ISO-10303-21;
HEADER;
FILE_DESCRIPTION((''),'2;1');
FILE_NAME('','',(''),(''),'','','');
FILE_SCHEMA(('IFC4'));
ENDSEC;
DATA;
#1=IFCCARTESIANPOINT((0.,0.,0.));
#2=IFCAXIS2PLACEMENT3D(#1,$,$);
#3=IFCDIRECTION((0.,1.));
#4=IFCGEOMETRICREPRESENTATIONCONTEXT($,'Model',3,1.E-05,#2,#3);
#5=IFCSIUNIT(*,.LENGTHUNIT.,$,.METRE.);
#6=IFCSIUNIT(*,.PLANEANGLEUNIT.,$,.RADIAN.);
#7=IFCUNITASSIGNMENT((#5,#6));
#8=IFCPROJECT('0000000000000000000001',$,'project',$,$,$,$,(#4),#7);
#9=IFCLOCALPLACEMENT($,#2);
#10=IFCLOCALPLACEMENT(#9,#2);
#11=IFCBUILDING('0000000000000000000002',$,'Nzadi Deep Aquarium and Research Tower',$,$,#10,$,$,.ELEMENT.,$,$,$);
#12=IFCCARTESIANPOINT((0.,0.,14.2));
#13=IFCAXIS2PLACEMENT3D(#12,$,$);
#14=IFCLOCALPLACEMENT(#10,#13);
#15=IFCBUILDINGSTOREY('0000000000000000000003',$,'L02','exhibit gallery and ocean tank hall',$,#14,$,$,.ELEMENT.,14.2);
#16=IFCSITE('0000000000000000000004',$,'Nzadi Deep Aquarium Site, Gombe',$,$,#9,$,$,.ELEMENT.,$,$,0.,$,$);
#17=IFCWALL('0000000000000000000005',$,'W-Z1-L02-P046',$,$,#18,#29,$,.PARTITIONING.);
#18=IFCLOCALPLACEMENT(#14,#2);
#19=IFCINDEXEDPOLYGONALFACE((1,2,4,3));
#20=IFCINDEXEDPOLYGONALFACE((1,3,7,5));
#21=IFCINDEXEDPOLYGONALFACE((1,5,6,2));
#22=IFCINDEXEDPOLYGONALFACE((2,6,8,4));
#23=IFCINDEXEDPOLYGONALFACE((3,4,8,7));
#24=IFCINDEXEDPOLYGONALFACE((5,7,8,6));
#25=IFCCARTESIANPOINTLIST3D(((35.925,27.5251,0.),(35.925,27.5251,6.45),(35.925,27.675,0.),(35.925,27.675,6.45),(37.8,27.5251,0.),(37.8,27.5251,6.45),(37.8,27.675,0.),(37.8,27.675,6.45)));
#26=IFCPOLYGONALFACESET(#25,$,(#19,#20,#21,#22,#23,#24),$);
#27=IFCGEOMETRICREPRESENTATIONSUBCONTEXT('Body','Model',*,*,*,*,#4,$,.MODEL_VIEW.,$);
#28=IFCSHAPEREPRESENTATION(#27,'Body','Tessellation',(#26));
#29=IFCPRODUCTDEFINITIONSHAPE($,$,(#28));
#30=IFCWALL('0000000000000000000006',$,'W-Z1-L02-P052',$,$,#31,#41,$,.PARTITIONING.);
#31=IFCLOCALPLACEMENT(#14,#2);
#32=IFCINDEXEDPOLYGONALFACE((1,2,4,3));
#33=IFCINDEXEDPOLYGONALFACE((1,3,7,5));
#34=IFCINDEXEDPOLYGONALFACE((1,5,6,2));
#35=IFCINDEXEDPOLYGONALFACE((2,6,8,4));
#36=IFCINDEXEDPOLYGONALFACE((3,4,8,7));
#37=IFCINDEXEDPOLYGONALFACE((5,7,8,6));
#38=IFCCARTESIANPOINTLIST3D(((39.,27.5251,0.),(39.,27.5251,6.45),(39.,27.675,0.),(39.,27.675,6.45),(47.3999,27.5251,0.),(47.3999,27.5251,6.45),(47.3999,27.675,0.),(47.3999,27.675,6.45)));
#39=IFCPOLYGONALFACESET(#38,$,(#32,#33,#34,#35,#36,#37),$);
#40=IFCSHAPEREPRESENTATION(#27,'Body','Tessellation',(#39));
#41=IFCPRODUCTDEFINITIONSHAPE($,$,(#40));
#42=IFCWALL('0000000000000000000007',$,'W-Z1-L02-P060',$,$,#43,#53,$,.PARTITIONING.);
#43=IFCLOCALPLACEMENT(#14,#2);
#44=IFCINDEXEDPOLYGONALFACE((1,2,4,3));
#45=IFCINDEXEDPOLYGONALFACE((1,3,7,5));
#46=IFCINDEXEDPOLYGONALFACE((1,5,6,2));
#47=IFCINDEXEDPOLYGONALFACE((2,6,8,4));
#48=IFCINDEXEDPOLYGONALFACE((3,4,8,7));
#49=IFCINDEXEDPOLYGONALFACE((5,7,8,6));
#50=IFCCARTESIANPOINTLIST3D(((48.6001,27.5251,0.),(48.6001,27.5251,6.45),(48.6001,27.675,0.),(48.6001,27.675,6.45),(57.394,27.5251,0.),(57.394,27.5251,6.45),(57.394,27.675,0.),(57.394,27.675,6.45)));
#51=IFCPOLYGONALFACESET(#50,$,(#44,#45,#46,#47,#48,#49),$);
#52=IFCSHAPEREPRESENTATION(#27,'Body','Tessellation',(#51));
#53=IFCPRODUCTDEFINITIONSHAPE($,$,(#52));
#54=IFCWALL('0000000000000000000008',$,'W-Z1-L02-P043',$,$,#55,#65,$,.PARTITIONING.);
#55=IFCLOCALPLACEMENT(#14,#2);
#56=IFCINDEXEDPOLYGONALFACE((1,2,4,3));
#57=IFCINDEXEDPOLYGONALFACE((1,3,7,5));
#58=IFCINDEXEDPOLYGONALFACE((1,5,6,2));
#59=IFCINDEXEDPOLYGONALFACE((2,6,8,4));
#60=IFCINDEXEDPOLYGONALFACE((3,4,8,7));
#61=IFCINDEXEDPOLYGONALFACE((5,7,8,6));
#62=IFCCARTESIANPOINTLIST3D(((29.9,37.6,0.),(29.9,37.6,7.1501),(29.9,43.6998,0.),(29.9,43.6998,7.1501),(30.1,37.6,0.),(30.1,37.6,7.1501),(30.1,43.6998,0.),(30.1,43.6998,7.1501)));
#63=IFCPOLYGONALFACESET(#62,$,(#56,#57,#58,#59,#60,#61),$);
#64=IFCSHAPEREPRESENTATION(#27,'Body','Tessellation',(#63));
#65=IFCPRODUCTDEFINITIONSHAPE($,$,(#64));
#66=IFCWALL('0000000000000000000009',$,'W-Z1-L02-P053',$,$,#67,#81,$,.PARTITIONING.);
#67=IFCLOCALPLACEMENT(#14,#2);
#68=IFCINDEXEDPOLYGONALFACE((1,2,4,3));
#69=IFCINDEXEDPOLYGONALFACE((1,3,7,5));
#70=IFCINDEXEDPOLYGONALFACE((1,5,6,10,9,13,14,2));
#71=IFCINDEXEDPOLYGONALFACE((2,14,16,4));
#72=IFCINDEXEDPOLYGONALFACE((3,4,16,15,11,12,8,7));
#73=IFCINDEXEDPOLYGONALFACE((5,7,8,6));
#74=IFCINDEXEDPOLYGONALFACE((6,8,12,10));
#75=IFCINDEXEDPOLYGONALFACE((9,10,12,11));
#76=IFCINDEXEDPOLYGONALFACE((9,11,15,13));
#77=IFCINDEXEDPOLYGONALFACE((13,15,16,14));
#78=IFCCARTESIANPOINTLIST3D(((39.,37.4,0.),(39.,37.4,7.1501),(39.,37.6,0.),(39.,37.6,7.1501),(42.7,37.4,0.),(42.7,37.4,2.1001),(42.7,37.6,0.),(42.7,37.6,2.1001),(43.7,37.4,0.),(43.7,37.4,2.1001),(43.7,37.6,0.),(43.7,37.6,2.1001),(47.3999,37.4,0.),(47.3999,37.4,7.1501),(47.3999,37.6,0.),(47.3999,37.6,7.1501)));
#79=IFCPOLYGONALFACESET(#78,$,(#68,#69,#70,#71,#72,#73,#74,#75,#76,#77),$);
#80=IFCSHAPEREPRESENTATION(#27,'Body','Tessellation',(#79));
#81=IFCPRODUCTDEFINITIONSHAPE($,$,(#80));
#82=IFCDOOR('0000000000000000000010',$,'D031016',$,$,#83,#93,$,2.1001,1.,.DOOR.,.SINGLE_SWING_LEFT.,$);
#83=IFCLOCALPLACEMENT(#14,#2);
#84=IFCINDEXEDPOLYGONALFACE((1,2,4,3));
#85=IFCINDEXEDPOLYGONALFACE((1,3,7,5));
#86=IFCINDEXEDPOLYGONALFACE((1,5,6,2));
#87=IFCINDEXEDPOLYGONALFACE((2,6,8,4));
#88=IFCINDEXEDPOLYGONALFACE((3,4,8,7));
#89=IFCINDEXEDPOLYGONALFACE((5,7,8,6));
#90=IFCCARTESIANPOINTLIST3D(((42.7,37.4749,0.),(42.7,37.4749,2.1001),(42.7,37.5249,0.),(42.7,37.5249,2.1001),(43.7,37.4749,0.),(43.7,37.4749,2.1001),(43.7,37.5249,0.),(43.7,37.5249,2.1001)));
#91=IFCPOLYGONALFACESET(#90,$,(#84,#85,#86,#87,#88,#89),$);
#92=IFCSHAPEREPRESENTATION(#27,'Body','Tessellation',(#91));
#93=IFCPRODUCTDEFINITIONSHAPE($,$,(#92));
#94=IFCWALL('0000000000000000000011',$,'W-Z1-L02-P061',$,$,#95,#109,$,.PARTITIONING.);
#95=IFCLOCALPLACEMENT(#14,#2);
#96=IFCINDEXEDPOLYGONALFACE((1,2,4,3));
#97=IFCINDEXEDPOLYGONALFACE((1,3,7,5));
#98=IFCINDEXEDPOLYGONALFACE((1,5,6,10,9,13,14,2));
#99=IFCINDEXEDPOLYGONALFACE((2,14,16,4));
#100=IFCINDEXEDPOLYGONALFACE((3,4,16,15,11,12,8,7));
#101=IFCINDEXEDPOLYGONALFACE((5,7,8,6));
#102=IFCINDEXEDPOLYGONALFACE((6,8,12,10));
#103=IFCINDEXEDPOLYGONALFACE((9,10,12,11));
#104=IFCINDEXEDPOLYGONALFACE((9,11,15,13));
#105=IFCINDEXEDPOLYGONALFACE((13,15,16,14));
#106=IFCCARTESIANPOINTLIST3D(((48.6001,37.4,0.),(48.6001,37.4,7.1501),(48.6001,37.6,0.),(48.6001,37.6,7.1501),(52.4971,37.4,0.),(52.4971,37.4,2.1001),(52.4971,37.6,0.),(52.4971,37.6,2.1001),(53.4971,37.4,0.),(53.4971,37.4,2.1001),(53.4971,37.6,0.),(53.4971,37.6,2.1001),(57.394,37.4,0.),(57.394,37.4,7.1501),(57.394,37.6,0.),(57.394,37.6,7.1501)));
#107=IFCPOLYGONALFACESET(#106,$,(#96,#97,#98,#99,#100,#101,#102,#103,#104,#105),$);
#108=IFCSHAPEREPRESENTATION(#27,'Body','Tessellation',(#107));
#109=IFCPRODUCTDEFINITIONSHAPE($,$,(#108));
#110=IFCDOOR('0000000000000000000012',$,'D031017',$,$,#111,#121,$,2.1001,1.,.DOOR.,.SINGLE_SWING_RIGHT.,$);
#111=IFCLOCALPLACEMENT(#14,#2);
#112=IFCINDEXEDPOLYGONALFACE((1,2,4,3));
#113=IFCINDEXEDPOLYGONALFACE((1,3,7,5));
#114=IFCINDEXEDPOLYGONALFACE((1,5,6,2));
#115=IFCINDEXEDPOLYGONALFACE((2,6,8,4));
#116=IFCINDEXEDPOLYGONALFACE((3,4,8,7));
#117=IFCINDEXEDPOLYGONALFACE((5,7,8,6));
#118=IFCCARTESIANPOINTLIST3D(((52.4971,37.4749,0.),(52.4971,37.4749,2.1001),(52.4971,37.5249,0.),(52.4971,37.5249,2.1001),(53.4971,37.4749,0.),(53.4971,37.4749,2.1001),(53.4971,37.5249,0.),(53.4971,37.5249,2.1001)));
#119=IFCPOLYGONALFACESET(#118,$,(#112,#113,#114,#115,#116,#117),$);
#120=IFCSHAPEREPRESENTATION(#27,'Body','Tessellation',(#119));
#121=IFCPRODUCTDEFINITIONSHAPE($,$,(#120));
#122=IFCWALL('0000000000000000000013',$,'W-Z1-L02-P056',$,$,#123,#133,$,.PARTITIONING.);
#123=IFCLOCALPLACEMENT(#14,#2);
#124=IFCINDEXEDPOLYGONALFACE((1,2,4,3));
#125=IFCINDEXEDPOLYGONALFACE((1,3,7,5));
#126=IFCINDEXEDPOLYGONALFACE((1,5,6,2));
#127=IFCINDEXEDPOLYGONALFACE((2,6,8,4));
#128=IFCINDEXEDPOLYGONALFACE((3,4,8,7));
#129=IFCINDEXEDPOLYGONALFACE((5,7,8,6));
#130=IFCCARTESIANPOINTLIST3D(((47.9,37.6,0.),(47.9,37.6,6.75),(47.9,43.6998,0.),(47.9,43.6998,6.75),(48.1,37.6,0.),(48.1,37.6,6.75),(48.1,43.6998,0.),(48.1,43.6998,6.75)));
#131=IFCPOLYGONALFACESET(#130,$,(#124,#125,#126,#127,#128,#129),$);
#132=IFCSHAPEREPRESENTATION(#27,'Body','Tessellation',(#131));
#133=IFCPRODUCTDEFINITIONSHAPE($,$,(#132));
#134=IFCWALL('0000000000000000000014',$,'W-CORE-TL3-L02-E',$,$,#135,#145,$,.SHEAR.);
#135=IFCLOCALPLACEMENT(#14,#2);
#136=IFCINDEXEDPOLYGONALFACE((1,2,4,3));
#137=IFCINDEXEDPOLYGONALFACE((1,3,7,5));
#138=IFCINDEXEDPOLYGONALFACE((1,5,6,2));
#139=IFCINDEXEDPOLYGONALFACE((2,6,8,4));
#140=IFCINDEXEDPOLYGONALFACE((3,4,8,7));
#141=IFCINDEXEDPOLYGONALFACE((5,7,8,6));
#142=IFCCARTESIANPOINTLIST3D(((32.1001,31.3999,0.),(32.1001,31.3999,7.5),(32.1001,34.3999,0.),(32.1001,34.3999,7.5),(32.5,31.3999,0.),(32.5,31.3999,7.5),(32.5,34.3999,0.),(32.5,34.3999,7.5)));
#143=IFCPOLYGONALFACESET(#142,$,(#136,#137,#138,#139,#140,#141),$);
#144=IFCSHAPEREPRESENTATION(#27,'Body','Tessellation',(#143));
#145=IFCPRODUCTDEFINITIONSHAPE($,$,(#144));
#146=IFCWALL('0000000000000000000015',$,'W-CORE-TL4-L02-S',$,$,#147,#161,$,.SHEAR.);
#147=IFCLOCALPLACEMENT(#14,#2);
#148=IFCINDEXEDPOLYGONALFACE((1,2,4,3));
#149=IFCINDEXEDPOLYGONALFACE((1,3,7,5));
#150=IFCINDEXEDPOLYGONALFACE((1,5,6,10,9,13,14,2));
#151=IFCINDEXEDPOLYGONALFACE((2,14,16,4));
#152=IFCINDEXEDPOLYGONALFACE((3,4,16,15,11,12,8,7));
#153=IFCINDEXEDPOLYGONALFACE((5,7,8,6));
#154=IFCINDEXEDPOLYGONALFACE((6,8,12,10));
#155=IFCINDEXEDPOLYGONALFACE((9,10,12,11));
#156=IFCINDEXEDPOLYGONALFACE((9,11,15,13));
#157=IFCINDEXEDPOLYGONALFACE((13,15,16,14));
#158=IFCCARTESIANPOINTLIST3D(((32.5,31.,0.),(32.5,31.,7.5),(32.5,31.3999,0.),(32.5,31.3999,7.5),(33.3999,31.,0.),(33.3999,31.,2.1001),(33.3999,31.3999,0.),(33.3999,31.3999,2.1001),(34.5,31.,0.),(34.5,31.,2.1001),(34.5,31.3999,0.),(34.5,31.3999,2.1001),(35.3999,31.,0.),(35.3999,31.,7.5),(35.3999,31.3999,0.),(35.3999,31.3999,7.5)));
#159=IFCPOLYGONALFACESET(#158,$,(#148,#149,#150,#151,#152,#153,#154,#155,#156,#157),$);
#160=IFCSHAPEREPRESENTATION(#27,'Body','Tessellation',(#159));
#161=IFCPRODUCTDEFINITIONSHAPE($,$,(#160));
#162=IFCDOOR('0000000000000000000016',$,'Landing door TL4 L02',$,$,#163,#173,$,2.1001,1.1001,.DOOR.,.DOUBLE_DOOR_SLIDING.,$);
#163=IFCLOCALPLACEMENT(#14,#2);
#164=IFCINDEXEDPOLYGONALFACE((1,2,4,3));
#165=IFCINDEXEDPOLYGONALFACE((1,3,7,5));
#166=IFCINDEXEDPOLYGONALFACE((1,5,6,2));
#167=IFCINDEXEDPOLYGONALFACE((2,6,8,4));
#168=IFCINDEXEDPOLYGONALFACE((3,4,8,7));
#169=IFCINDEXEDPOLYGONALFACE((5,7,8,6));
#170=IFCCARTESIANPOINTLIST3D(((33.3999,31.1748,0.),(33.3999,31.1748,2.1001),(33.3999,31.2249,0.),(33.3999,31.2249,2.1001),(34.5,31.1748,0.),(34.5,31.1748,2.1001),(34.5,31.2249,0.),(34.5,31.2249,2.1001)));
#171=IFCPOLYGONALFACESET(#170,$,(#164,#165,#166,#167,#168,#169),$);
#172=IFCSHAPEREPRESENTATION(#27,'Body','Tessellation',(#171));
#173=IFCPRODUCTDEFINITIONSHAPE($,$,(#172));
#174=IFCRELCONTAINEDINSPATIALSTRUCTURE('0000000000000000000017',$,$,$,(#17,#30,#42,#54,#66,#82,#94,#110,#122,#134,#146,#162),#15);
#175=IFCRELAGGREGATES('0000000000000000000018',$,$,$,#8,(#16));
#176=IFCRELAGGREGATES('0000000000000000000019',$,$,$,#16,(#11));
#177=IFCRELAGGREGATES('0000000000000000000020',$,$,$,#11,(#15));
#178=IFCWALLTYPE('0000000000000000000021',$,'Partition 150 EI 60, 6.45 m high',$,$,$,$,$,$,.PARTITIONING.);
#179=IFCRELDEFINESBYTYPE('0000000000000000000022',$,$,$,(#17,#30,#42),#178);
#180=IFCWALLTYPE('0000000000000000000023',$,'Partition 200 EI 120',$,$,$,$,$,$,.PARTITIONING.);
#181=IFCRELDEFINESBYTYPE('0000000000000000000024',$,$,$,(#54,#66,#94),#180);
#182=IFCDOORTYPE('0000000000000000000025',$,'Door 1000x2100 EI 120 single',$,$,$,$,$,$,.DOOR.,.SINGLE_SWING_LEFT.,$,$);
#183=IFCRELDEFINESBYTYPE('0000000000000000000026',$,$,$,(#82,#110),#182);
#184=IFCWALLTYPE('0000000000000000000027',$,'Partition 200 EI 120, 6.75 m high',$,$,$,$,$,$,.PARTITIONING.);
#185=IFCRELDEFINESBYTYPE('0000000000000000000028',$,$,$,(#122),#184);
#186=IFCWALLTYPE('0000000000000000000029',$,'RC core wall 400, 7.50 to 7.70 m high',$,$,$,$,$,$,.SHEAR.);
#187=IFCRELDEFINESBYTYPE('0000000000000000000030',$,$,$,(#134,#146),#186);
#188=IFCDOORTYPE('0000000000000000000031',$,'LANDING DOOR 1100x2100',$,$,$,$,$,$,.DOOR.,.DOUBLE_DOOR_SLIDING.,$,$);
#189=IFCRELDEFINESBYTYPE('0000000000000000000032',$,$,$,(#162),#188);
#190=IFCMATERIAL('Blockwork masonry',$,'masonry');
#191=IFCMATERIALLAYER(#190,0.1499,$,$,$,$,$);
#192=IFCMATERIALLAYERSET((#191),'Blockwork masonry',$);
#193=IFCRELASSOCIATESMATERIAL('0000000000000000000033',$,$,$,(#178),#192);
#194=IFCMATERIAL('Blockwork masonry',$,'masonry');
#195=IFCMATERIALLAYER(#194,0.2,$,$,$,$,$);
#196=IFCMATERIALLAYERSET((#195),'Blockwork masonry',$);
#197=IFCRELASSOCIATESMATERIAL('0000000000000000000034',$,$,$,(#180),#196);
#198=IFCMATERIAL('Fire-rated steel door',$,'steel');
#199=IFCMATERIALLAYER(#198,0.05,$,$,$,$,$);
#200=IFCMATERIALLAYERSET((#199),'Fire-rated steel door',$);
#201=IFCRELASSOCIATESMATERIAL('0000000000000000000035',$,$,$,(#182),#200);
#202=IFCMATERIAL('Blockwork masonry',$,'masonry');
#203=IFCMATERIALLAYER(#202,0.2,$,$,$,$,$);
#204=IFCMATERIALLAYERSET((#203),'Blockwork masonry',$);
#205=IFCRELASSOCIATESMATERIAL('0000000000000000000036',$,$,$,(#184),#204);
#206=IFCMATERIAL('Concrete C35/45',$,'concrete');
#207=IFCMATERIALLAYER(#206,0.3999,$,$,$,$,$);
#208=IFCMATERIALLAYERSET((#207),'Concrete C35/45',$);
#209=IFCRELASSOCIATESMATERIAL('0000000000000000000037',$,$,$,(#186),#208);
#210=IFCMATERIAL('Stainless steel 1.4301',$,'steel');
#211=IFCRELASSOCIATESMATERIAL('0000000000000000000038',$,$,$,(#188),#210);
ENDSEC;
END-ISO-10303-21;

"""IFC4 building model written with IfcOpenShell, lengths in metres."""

from ifc_helpers import new_model, si_unit, direction, frame, frame_2d, origin, place, context, subcontext, project, spatial, rectangle, extrude, material, layer, layer_set, type_object, element, fill, save


model = new_model("IFC4")

# Units and contexts
model_context = context("Model", 3, precision=1e-05, world=origin(), true_north=direction((0.0, 1.0)))
body_context = subcontext(model_context, "Body", "Model", "MODEL_VIEW")
ifc_project = project(units=[si_unit("LENGTHUNIT", "METRE"), si_unit("PLANEANGLEUNIT", "RADIAN")], contexts=[model_context])

# Site, building, storey
site_placement = place(None, origin())
site = spatial("IfcSite", under=ifc_project, at=site_placement, Name="Nzadi Deep Aquarium Site, Gombe", CompositionType="ELEMENT", RefElevation=0.0)
building_placement = place(site_placement, origin())
building = spatial("IfcBuilding", under=site, at=building_placement, Name="Nzadi Deep Aquarium and Research Tower", CompositionType="ELEMENT")
storey_placement = place(building_placement, frame((0.0, 0.0, 14.2)))
storey = spatial("IfcBuildingStorey", under=building, at=storey_placement, Name="L02", Description="exhibit gallery and ocean tank hall", CompositionType="ELEMENT", Elevation=14.2)

# Walls
ifc_material_1 = material(Name="Blockwork masonry", Category="masonry")
ifc_layer_1 = layer(ifc_material_1, 0.1499)
ifc_layer_set_1 = layer_set([ifc_layer_1], Name="Blockwork masonry")
wall_type_1 = type_object("IfcWallType", Name="Partition 150 EI 60, 6.45 m high", PredefinedType="PARTITIONING", material=ifc_layer_set_1)
wall_1_placement = place(storey_placement, frame((35.925, 27.6001, 0.0), z_axis=(0.0, 0.0, 1.0), x_axis=(1.0, 0.0, 0.0)))
element("IfcWall", 1, at=wall_1_placement, inside=storey, type_object=wall_type_1, Name="W-Z1-L02-P046", PredefinedType="PARTITIONING", context=body_context, shape_type="SweptSolid", body=[
    extrude(rectangle(XDim=1.875, YDim=0.1499, at=frame_2d((0.9375, 0.0))), origin(), (0.0, 0.0, 1.0), 6.45),
])
wall_2_placement = place(storey_placement, frame((39.0, 27.6001, 0.0), z_axis=(0.0, 0.0, 1.0), x_axis=(1.0, 0.0, 0.0)))
element("IfcWall", 2, at=wall_2_placement, inside=storey, type_object=wall_type_1, Name="W-Z1-L02-P052", PredefinedType="PARTITIONING", context=body_context, shape_type="SweptSolid", body=[
    extrude(rectangle(XDim=8.3999, YDim=0.1499, at=frame_2d((4.2, 0.0))), origin(), (0.0, 0.0, 1.0), 6.45),
])
wall_3_placement = place(storey_placement, frame((48.6001, 27.6001, 0.0), z_axis=(0.0, 0.0, 1.0), x_axis=(1.0, 0.0, 0.0)))
element("IfcWall", 3, at=wall_3_placement, inside=storey, type_object=wall_type_1, Name="W-Z1-L02-P060", PredefinedType="PARTITIONING", context=body_context, shape_type="SweptSolid", body=[
    extrude(rectangle(XDim=8.7939, YDim=0.1499, at=frame_2d((4.397, 0.0))), origin(), (0.0, 0.0, 1.0), 6.45),
])
ifc_material_2 = material(Name="Blockwork masonry", Category="masonry")
ifc_layer_2 = layer(ifc_material_2, 0.2)
ifc_layer_set_2 = layer_set([ifc_layer_2], Name="Blockwork masonry")
wall_type_2 = type_object("IfcWallType", Name="Partition 200 EI 120", PredefinedType="PARTITIONING", material=ifc_layer_set_2)
wall_4_placement = place(storey_placement, frame((30.0, 37.6001, 0.0), z_axis=(0.0, 0.0, 1.0), x_axis=(0.0, 1.0, 0.0)))
element("IfcWall", 4, at=wall_4_placement, inside=storey, type_object=wall_type_2, Name="W-Z1-L02-P043", PredefinedType="PARTITIONING", context=body_context, shape_type="SweptSolid", body=[
    extrude(rectangle(XDim=6.0999, YDim=0.2, at=frame_2d((3.0498, 0.0))), origin(), (0.0, 0.0, 1.0), 7.1501),
])

# Walls, openings, doors
wall_5_placement = place(storey_placement, frame((39.0, 37.5, 0.0), z_axis=(0.0, 0.0, 1.0), x_axis=(1.0, 0.0, 0.0)))
wall_5 = element("IfcWall", 5, at=wall_5_placement, inside=storey, type_object=wall_type_2, Name="W-Z1-L02-P053", PredefinedType="PARTITIONING", context=body_context, shape_type="SweptSolid", body=[
    extrude(rectangle(XDim=8.3999, YDim=0.2, at=frame_2d((4.2, 0.0))), origin(), (0.0, 0.0, 1.0), 7.1501),
])
opening_1_placement = place(wall_5_placement, frame((3.7, 0.0, 0.0)))
opening_1 = element("IfcOpeningElement", 6, at=opening_1_placement, cuts=wall_5, PredefinedType="OPENING", context=body_context, shape_type="SweptSolid", body=[
    extrude(rectangle(XDim=1.0, YDim=2.1001, at=frame_2d((0.5, 1.05))), frame((0.0, 0.1101, 0.0), z_axis=(0.0, -1.0, 0.0), x_axis=(1.0, 0.0, 0.0)), (0.0, 0.0, 1.0), 0.2202),
])
ifc_material_3 = material(Name="Fire-rated steel door", Category="steel")
ifc_layer_3 = layer(ifc_material_3, 0.05)
ifc_layer_set_3 = layer_set([ifc_layer_3], Name="Fire-rated steel door")
door_type_1 = type_object("IfcDoorType", Name="Door 1000x2100 EI 120 single", OperationType="SINGLE_SWING_LEFT", PredefinedType="DOOR", material=ifc_layer_set_3)
door_1_placement = place(opening_1_placement, origin())
door_1 = element("IfcDoor", 7, at=door_1_placement, inside=storey, type_object=door_type_1, Name="D031016", OperationType="SINGLE_SWING_LEFT", OverallHeight=2.1001, OverallWidth=1.0, PredefinedType="DOOR", context=body_context, shape_type="SweptSolid", body=[
    extrude(rectangle(XDim=1.0, YDim=2.1001, at=frame_2d((0.5, 1.05))), frame((0.0, 0.0249, 0.0), z_axis=(0.0, -1.0, 0.0), x_axis=(1.0, 0.0, 0.0)), (0.0, 0.0, 1.0), 0.05),
])
fill(opening_1, door_1)
wall_6_placement = place(storey_placement, frame((48.6001, 37.5, 0.0), z_axis=(0.0, 0.0, 1.0), x_axis=(1.0, 0.0, 0.0)))
wall_6 = element("IfcWall", 8, at=wall_6_placement, inside=storey, type_object=wall_type_2, Name="W-Z1-L02-P061", PredefinedType="PARTITIONING", context=body_context, shape_type="SweptSolid", body=[
    extrude(rectangle(XDim=8.7939, YDim=0.2, at=frame_2d((4.397, 0.0))), origin(), (0.0, 0.0, 1.0), 7.1501),
])
opening_2_placement = place(wall_6_placement, frame((3.897, 0.0, 0.0)))
opening_2 = element("IfcOpeningElement", 9, at=opening_2_placement, cuts=wall_6, PredefinedType="OPENING", context=body_context, shape_type="SweptSolid", body=[
    extrude(rectangle(XDim=1.0, YDim=2.1001, at=frame_2d((0.5, 1.05))), frame((0.0, 0.1101, 0.0), z_axis=(0.0, -1.0, 0.0), x_axis=(1.0, 0.0, 0.0)), (0.0, 0.0, 1.0), 0.2202),
])
door_2_placement = place(opening_2_placement, origin())
door_2 = element("IfcDoor", 10, at=door_2_placement, inside=storey, type_object=door_type_1, Name="D031017", OperationType="SINGLE_SWING_RIGHT", OverallHeight=2.1001, OverallWidth=1.0, PredefinedType="DOOR", context=body_context, shape_type="SweptSolid", body=[
    extrude(rectangle(XDim=1.0, YDim=2.1001, at=frame_2d((0.5, 1.05))), frame((0.0, 0.0249, 0.0), z_axis=(0.0, -1.0, 0.0), x_axis=(1.0, 0.0, 0.0)), (0.0, 0.0, 1.0), 0.05),
])
fill(opening_2, door_2)

# Walls
ifc_material_4 = material(Name="Blockwork masonry", Category="masonry")
ifc_layer_4 = layer(ifc_material_4, 0.2)
ifc_layer_set_4 = layer_set([ifc_layer_4], Name="Blockwork masonry")
wall_type_3 = type_object("IfcWallType", Name="Partition 200 EI 120, 6.75 m high", PredefinedType="PARTITIONING", material=ifc_layer_set_4)
wall_7_placement = place(storey_placement, frame((48.0, 37.6001, 0.0), z_axis=(0.0, 0.0, 1.0), x_axis=(0.0, 1.0, 0.0)))
element("IfcWall", 11, at=wall_7_placement, inside=storey, type_object=wall_type_3, Name="W-Z1-L02-P056", PredefinedType="PARTITIONING", context=body_context, shape_type="SweptSolid", body=[
    extrude(rectangle(XDim=6.0999, YDim=0.2, at=frame_2d((3.0498, 0.0))), origin(), (0.0, 0.0, 1.0), 6.75),
])
ifc_material_5 = material(Name="Concrete C35/45", Category="concrete")
ifc_layer_5 = layer(ifc_material_5, 0.3999)
ifc_layer_set_5 = layer_set([ifc_layer_5], Name="Concrete C35/45")
wall_type_4 = type_object("IfcWallType", Name="RC core wall 400, 7.50 to 7.70 m high", PredefinedType="SHEAR", material=ifc_layer_set_5)
wall_8_placement = place(storey_placement, frame((32.3, 31.3999, 0.0), z_axis=(0.0, 0.0, 1.0), x_axis=(0.0, 1.0, 0.0)))
element("IfcWall", 12, at=wall_8_placement, inside=storey, type_object=wall_type_4, Name="W-CORE-TL3-L02-E", PredefinedType="SHEAR", context=body_context, shape_type="SweptSolid", body=[
    extrude(rectangle(XDim=3.0, YDim=0.3999, at=frame_2d((1.5, 0.0))), origin(), (0.0, 0.0, 1.0), 7.5),
])

# Wall, opening, door
wall_9_placement = place(storey_placement, frame((32.5, 31.2, 0.0), z_axis=(0.0, 0.0, 1.0), x_axis=(1.0, 0.0, 0.0)))
wall_9 = element("IfcWall", 13, at=wall_9_placement, inside=storey, type_object=wall_type_4, Name="W-CORE-TL4-L02-S", PredefinedType="SHEAR", context=body_context, shape_type="SweptSolid", body=[
    extrude(rectangle(XDim=2.8999, YDim=0.3999, at=frame_2d((1.45, 0.0))), origin(), (0.0, 0.0, 1.0), 7.5),
])
opening_3_placement = place(wall_9_placement, frame((0.8999, 0.0, 0.0)))
opening_3 = element("IfcOpeningElement", 14, at=opening_3_placement, cuts=wall_9, PredefinedType="OPENING", context=body_context, shape_type="SweptSolid", body=[
    extrude(rectangle(XDim=1.1001, YDim=2.1001, at=frame_2d((0.55, 1.05))), frame((0.0, 0.21, 0.0), z_axis=(0.0, -1.0, 0.0), x_axis=(1.0, 0.0, 0.0)), (0.0, 0.0, 1.0), 0.4199),
])
ifc_material_6 = material(Name="Stainless steel 1.4301", Category="steel")
door_type_2 = type_object("IfcDoorType", Name="LANDING DOOR 1100x2100", OperationType="DOUBLE_DOOR_SLIDING", PredefinedType="DOOR", material=ifc_material_6)
door_3_placement = place(opening_3_placement, origin())
door_3 = element("IfcDoor", 15, at=door_3_placement, inside=storey, type_object=door_type_2, Name="Landing door TL4 L02", OperationType="DOUBLE_DOOR_SLIDING", OverallHeight=2.1001, OverallWidth=1.1001, PredefinedType="DOOR", context=body_context, shape_type="SweptSolid", body=[
    extrude(rectangle(XDim=1.1001, YDim=2.1001, at=frame_2d((0.55, 1.05))), frame((0.0, 0.0249, 0.0), z_axis=(0.0, -1.0, 0.0), x_axis=(1.0, 0.0, 0.0)), (0.0, 0.0, 1.0), 0.05),
])
fill(opening_3, door_3)

save(model, "model.ifc")
